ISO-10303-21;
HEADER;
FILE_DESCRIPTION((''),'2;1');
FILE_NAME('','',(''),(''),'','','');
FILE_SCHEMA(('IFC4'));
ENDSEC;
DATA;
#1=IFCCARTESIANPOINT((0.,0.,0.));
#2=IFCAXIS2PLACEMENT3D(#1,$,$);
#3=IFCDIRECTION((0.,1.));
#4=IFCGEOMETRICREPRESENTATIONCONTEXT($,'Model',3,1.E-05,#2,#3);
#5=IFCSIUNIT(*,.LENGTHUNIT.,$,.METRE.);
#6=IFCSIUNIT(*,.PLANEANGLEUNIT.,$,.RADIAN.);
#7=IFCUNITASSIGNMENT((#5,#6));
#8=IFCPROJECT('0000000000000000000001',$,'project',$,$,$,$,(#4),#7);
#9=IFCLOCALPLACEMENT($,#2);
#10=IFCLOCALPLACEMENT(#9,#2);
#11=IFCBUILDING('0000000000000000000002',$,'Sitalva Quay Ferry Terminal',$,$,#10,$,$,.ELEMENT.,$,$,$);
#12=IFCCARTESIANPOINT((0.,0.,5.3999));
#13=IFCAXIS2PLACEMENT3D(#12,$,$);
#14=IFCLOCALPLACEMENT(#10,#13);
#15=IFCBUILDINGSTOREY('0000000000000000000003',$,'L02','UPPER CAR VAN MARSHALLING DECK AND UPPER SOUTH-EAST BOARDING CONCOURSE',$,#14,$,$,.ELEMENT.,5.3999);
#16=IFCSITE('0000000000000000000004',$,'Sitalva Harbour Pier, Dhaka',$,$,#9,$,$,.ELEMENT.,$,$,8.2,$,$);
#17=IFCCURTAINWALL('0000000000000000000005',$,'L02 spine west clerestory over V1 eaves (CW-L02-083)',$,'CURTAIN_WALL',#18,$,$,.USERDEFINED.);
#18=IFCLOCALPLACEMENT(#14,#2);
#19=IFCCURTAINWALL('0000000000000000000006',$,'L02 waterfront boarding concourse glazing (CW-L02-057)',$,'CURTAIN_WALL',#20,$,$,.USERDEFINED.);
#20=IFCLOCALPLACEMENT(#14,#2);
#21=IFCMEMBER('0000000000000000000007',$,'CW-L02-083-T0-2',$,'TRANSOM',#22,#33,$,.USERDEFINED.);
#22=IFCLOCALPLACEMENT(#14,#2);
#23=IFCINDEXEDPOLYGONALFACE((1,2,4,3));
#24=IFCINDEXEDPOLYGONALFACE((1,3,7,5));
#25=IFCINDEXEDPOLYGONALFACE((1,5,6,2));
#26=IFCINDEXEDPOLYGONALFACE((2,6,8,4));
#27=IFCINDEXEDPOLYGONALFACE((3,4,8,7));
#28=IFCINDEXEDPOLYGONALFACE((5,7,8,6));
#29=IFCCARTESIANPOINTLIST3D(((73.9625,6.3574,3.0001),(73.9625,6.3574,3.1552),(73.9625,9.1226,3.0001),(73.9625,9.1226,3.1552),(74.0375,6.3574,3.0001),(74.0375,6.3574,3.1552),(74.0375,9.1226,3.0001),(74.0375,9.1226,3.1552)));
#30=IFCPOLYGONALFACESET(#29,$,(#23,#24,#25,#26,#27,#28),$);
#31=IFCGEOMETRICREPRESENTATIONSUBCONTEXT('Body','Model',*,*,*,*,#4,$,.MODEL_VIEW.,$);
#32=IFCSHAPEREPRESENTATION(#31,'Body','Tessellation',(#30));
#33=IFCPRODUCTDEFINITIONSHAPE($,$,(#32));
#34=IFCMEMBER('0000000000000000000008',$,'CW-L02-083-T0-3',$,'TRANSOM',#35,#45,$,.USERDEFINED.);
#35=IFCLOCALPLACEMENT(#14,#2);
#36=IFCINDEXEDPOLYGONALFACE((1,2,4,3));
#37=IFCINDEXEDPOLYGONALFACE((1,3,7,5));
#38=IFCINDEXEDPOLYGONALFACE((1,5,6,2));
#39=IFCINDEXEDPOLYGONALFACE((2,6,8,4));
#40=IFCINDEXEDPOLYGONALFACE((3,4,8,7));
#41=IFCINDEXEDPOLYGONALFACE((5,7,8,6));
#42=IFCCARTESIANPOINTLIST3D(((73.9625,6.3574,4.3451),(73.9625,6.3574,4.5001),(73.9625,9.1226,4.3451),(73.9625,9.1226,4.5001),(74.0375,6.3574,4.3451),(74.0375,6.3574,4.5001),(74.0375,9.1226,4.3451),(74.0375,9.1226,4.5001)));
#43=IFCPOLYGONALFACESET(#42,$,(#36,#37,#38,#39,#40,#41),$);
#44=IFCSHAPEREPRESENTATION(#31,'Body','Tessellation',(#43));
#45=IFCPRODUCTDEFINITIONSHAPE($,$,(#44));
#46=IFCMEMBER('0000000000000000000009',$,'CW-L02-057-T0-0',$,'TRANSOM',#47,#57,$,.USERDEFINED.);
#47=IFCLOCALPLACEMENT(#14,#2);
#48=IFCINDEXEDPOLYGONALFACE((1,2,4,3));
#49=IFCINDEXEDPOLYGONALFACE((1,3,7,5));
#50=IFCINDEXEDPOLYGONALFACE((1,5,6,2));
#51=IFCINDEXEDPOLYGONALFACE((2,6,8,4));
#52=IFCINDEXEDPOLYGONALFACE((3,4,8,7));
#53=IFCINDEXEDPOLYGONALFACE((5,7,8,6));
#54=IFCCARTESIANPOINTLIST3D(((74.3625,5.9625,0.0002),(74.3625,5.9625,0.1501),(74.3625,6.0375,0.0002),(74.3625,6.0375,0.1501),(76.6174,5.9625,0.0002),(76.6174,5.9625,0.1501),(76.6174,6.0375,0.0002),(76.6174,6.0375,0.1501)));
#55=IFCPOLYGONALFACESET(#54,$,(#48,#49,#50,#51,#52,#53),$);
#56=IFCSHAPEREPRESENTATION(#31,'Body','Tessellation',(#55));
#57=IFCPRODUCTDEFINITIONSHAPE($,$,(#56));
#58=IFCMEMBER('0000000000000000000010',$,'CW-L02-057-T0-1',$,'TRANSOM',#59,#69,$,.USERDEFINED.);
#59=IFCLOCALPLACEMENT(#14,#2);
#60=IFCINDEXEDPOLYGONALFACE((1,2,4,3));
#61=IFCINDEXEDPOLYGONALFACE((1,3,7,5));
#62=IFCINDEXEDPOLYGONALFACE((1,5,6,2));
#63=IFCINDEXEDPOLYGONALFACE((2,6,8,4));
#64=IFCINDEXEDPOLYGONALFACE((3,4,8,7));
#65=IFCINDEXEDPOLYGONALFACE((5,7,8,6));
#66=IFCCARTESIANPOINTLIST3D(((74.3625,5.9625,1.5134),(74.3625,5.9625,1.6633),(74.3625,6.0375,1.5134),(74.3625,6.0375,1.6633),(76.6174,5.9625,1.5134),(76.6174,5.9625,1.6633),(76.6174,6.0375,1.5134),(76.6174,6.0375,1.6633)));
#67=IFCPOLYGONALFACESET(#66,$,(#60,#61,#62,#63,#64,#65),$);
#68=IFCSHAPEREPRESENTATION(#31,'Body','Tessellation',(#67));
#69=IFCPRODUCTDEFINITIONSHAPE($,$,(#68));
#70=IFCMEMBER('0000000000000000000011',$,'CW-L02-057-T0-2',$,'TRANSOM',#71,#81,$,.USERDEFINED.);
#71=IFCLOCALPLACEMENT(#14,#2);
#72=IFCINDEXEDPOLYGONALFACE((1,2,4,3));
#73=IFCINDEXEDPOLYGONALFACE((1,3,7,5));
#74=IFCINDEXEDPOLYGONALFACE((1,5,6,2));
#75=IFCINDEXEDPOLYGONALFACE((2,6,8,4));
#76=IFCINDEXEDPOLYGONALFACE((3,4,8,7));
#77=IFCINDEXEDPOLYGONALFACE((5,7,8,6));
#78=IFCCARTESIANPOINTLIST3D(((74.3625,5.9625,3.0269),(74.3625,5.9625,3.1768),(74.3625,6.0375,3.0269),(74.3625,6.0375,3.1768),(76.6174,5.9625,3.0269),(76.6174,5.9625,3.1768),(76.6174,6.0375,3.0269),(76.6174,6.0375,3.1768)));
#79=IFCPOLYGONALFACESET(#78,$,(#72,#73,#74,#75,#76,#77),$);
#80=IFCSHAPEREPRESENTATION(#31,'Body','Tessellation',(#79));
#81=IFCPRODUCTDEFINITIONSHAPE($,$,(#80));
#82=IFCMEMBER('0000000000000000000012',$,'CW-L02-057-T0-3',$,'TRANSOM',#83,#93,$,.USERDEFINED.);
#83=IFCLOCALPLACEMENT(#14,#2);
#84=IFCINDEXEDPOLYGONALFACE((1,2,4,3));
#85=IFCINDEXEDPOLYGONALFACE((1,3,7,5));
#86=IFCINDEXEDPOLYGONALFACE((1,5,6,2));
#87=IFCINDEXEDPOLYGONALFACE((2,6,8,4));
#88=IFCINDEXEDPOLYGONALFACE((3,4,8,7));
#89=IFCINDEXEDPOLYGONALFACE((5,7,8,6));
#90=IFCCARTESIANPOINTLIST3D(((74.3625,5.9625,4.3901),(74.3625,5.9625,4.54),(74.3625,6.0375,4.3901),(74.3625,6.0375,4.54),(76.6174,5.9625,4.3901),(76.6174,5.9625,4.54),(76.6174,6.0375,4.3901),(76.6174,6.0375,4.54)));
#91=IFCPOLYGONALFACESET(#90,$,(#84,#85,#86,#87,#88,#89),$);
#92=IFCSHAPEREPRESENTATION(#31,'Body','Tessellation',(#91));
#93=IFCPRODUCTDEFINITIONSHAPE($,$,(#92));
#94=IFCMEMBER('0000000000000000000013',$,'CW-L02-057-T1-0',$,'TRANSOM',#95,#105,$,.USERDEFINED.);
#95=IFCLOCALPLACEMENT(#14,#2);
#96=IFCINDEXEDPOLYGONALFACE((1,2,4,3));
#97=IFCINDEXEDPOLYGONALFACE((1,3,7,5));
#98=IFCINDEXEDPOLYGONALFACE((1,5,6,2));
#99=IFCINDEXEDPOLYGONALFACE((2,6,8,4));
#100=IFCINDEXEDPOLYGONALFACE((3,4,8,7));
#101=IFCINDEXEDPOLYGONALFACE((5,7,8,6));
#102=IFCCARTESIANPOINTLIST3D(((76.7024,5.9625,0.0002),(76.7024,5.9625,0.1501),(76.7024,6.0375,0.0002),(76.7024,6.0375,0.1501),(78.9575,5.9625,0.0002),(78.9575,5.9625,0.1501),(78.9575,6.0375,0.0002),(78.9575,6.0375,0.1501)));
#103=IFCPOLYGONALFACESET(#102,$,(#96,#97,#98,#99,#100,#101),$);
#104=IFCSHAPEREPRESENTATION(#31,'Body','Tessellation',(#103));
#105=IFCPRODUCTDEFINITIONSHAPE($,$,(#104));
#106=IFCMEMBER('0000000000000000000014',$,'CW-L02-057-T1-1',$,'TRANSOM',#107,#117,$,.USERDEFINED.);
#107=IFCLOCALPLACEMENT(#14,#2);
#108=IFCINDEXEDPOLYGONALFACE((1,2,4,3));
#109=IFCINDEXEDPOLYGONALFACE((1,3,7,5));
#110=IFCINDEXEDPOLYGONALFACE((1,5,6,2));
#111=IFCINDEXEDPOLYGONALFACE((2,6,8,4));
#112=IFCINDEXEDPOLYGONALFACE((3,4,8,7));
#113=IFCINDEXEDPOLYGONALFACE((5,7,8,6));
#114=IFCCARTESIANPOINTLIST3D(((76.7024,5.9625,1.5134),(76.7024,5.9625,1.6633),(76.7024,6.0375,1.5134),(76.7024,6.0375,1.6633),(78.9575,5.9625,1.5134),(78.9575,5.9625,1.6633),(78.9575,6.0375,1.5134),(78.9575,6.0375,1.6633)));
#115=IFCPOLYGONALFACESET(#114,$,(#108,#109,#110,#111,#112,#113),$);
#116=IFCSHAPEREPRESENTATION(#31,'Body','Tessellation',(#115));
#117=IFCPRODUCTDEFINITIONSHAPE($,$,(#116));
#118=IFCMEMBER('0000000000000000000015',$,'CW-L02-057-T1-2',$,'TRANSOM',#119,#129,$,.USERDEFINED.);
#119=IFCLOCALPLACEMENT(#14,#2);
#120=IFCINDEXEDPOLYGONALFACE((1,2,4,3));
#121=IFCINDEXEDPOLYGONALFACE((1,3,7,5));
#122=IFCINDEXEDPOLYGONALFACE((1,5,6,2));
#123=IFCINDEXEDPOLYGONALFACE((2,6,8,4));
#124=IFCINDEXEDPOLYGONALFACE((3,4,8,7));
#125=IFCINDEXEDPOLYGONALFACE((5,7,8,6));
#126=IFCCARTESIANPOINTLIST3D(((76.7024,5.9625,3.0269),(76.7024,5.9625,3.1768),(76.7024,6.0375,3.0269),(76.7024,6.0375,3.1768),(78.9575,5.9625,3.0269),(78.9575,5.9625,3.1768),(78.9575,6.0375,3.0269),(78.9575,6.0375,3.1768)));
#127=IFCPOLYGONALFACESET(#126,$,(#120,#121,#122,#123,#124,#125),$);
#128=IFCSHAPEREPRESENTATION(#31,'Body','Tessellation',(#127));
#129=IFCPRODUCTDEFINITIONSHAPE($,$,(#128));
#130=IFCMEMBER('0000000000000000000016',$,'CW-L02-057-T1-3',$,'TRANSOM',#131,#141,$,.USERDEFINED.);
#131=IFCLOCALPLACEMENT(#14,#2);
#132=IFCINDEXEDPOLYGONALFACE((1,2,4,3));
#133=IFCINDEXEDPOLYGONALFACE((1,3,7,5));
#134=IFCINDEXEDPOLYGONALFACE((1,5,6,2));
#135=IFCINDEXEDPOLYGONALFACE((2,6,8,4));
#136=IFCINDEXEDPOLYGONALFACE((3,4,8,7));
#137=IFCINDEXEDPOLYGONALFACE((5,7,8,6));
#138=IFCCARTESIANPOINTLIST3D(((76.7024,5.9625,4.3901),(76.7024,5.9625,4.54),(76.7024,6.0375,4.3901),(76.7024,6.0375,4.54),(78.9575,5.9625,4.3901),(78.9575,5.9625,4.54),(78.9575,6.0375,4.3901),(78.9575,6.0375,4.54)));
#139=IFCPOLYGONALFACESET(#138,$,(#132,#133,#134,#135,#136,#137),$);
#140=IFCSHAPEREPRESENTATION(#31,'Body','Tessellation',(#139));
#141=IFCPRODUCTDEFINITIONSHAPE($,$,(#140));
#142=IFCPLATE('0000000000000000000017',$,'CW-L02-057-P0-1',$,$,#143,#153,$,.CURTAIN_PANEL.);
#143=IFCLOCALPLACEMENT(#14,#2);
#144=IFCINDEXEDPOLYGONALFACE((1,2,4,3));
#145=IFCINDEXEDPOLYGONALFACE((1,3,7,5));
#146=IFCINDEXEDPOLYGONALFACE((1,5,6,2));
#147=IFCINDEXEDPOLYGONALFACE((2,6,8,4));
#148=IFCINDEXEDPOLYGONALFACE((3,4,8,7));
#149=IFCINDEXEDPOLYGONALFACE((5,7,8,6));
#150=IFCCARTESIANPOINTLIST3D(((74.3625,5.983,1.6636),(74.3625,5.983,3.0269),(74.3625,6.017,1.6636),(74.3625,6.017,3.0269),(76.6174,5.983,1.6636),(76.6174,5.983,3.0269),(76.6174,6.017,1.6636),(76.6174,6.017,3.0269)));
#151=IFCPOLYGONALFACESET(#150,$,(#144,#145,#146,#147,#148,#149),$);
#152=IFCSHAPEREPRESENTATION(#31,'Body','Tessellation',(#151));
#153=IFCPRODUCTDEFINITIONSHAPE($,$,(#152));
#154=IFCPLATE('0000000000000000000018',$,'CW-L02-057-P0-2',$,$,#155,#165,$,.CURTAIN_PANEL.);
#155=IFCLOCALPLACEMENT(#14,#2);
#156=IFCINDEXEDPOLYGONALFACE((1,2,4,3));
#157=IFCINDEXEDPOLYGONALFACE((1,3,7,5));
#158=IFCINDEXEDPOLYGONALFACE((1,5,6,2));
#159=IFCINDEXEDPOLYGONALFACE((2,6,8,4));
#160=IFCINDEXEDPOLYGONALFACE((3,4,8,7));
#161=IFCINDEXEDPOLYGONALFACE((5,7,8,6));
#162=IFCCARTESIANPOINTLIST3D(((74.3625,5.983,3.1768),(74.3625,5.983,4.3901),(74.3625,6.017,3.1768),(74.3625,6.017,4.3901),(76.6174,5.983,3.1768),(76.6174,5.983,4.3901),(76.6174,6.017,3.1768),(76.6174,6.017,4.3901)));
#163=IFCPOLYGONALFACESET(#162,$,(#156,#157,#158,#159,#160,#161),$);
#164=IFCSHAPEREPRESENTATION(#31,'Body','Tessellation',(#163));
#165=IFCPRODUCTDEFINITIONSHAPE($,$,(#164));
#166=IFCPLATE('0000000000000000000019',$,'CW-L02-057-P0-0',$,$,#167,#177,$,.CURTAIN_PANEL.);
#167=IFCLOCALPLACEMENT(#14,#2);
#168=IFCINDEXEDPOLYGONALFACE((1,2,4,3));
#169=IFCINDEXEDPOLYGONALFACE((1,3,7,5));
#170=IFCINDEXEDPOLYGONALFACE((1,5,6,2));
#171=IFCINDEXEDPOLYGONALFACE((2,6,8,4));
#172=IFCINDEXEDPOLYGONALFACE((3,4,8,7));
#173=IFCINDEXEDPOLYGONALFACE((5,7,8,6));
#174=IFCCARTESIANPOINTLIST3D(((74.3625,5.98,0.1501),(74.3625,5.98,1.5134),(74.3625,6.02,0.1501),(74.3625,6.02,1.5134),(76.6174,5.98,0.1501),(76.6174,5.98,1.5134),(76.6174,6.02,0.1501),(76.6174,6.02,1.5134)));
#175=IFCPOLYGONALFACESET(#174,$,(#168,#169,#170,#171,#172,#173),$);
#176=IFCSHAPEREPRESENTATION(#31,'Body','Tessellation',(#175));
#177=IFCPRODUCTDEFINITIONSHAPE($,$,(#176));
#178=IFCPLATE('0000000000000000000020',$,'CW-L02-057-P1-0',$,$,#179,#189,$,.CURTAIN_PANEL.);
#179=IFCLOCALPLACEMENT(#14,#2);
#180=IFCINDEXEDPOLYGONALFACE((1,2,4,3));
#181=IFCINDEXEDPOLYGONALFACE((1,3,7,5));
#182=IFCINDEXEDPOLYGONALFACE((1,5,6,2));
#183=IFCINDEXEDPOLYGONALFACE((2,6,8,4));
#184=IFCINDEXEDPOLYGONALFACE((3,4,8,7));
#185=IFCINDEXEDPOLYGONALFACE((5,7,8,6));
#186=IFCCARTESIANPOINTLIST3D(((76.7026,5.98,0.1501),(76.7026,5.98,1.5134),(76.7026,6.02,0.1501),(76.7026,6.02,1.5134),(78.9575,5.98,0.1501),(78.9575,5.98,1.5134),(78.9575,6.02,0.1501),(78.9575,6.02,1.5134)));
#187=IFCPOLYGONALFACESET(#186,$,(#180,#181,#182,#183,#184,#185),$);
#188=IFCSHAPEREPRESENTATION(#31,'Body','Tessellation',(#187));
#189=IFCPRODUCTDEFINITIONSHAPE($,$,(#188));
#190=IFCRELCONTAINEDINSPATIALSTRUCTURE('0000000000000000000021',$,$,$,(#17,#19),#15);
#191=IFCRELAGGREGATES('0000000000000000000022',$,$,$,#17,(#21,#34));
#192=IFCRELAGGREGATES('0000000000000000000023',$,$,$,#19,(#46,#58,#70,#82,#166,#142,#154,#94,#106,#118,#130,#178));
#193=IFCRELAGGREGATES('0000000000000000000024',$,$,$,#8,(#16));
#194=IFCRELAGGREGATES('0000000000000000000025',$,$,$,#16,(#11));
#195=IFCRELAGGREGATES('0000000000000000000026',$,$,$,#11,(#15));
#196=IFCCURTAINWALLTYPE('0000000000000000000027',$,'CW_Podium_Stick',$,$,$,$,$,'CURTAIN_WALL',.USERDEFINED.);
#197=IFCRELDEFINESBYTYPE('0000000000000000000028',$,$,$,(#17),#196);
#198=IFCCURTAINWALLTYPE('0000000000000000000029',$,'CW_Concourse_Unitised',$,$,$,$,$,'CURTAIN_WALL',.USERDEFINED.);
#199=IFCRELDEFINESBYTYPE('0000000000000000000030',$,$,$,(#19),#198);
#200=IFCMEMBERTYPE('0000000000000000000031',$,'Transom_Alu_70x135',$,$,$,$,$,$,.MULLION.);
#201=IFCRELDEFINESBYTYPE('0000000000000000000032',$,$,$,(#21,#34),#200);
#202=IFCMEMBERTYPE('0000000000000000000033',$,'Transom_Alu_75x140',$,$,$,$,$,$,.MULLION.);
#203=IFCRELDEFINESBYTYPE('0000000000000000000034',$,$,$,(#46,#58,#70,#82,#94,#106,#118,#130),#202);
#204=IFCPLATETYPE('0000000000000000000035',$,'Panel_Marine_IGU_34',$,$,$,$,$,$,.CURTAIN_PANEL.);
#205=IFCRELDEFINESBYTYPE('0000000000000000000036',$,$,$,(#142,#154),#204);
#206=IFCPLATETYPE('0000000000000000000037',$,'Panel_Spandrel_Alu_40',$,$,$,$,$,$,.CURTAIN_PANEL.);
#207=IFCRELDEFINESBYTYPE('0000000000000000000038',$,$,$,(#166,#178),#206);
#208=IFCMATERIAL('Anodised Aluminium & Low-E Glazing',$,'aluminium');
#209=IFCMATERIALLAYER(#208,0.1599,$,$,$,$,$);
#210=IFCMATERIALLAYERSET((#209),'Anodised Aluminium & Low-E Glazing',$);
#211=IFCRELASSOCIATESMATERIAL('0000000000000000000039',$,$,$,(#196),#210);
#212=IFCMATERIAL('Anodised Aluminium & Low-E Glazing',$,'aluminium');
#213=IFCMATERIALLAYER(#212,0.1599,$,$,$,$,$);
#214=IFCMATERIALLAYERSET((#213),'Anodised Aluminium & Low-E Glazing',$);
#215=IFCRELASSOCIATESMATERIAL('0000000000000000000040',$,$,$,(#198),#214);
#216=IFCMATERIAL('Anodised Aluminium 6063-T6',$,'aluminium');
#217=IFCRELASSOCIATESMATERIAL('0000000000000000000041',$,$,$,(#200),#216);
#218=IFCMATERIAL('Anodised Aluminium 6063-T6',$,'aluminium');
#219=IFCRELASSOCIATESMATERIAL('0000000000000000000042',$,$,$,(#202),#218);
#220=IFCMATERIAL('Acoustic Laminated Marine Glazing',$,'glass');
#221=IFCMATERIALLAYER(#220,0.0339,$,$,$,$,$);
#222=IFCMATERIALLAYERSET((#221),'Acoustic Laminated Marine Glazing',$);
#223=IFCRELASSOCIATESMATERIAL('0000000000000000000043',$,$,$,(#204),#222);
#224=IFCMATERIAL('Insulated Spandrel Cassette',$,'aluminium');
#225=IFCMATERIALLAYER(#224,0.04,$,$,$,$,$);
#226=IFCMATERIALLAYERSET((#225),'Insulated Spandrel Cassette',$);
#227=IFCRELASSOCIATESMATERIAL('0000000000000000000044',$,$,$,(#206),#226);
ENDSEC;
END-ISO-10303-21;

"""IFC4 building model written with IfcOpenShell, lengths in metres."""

from ifc_helpers import new_model, si_unit, direction, frame, origin, origin_2d, place, context, subcontext, project, spatial, rectangle, extrude, material, layer, layer_set, material_profile, profile_set, type_object, element, aggregate, save


model = new_model("IFC4")

# Units and contexts
model_context = context("Model", 3, precision=1e-05, world=origin(), true_north=direction((0.0, 1.0)))
body_context = subcontext(model_context, "Body", "Model", "MODEL_VIEW")
ifc_project = project(units=[si_unit("LENGTHUNIT", "METRE"), si_unit("PLANEANGLEUNIT", "RADIAN")], contexts=[model_context])

# Site, building, storey
site_placement = place(None, origin())
site = spatial("IfcSite", under=ifc_project, at=site_placement, Name="Sitalva Harbour Pier, Dhaka", CompositionType="ELEMENT", RefElevation=8.2)
building_placement = place(site_placement, origin())
building = spatial("IfcBuilding", under=site, at=building_placement, Name="Sitalva Quay Ferry Terminal", CompositionType="ELEMENT")
storey_placement = place(building_placement, frame((0.0, 0.0, 5.3999)))
storey = spatial("IfcBuildingStorey", under=building, at=storey_placement, Name="L02", Description="UPPER CAR VAN MARSHALLING DECK AND UPPER SOUTH-EAST BOARDING CONCOURSE", CompositionType="ELEMENT", Elevation=5.3999)

# Curtain wall
ifc_material_1 = material(Name="Anodised Aluminium & Low-E Glazing", Category="aluminium")
ifc_layer_1 = layer(ifc_material_1, 0.1599)
ifc_layer_set_1 = layer_set([ifc_layer_1], Name="Anodised Aluminium & Low-E Glazing")
curtain_wall_type_1 = type_object("IfcCurtainWallType", Name="CW_Podium_Stick", ElementType="CURTAIN_WALL", PredefinedType="USERDEFINED", material=ifc_layer_set_1)
curtain_wall_1_placement = place(storey_placement, origin())
curtain_wall_1 = element("IfcCurtainWall", 1, at=curtain_wall_1_placement, inside=storey, type_object=curtain_wall_type_1, Name="L02 spine west clerestory over V1 eaves (CW-L02-083)", ObjectType="CURTAIN_WALL", PredefinedType="USERDEFINED")

# Curtain wall
ifc_material_2 = material(Name="Anodised Aluminium & Low-E Glazing", Category="aluminium")
ifc_layer_2 = layer(ifc_material_2, 0.1599)
ifc_layer_set_2 = layer_set([ifc_layer_2], Name="Anodised Aluminium & Low-E Glazing")
curtain_wall_type_2 = type_object("IfcCurtainWallType", Name="CW_Concourse_Unitised", ElementType="CURTAIN_WALL", PredefinedType="USERDEFINED", material=ifc_layer_set_2)
curtain_wall_2_placement = place(storey_placement, origin())
curtain_wall_2 = element("IfcCurtainWall", 2, at=curtain_wall_2_placement, inside=storey, type_object=curtain_wall_type_2, Name="L02 waterfront boarding concourse glazing (CW-L02-057)", ObjectType="CURTAIN_WALL", PredefinedType="USERDEFINED")

# Members
ifc_material_3 = material(Name="Anodised Aluminium 6063-T6", Category="aluminium")
ifc_material_profile_1 = material_profile(ifc_material_3, rectangle(XDim=0.075, YDim=0.155, at=origin_2d()), Name="ALU75x155")
ifc_profile_set_1 = profile_set([ifc_material_profile_1], Name="Anodised Aluminium 6063-T6")
member_type_1 = type_object("IfcMemberType", Name="Transom_Alu_70x135", PredefinedType="MULLION", material=ifc_profile_set_1)
member_1_placement = place(storey_placement, frame((74.0, 6.3574, 3.0776), z_axis=(0.0, 1.0, 0.0), x_axis=(-1.0, 0.0, 0.0)))
member_1 = element("IfcMember", 3, at=member_1_placement, type_object=member_type_1, Name="CW-L02-083-T0-2", ObjectType="TRANSOM", PredefinedType="USERDEFINED", context=body_context, shape_type="SweptSolid", body=[
    extrude(rectangle(XDim=0.075, YDim=0.155, at=origin_2d()), origin(), (0.0, 0.0, 1.0), 2.7651),
])
member_2_placement = place(storey_placement, frame((74.0, 6.3574, 4.4226), z_axis=(0.0, 1.0, 0.0), x_axis=(-1.0, 0.0, 0.0)))
member_2 = element("IfcMember", 4, at=member_2_placement, type_object=member_type_1, Name="CW-L02-083-T0-3", ObjectType="TRANSOM", PredefinedType="USERDEFINED", context=body_context, shape_type="SweptSolid", body=[
    extrude(rectangle(XDim=0.075, YDim=0.155, at=origin_2d()), origin(), (0.0, 0.0, 1.0), 2.7651),
])
aggregate(curtain_wall_1, [member_1, member_2])
ifc_material_4 = material(Name="Anodised Aluminium 6063-T6", Category="aluminium")
ifc_material_profile_2 = material_profile(ifc_material_4, rectangle(XDim=0.075, YDim=0.1499, at=origin_2d()), Name="ALU75x150")
ifc_profile_set_2 = profile_set([ifc_material_profile_2], Name="Anodised Aluminium 6063-T6")
member_type_2 = type_object("IfcMemberType", Name="Transom_Alu_75x140", PredefinedType="MULLION", material=ifc_profile_set_2)
member_3_placement = place(storey_placement, frame((74.3625, 6.0, 0.0752), z_axis=(1.0, 0.0, 0.0), x_axis=(0.0, 1.0, 0.0)))
member_3 = element("IfcMember", 5, at=member_3_placement, type_object=member_type_2, Name="CW-L02-057-T0-0", ObjectType="TRANSOM", PredefinedType="USERDEFINED", context=body_context, shape_type="SweptSolid", body=[
    extrude(rectangle(XDim=0.075, YDim=0.1499, at=origin_2d()), origin(), (0.0, 0.0, 1.0), 2.2549),
])
member_4_placement = place(storey_placement, frame((74.3625, 6.0, 1.5884), z_axis=(1.0, 0.0, 0.0), x_axis=(0.0, 1.0, 0.0)))
member_4 = element("IfcMember", 6, at=member_4_placement, type_object=member_type_2, Name="CW-L02-057-T0-1", ObjectType="TRANSOM", PredefinedType="USERDEFINED", context=body_context, shape_type="SweptSolid", body=[
    extrude(rectangle(XDim=0.075, YDim=0.1499, at=origin_2d()), origin(), (0.0, 0.0, 1.0), 2.2549),
])
member_5_placement = place(storey_placement, frame((74.3625, 6.0, 3.1018), z_axis=(1.0, 0.0, 0.0), x_axis=(0.0, 1.0, 0.0)))
member_5 = element("IfcMember", 7, at=member_5_placement, type_object=member_type_2, Name="CW-L02-057-T0-2", ObjectType="TRANSOM", PredefinedType="USERDEFINED", context=body_context, shape_type="SweptSolid", body=[
    extrude(rectangle(XDim=0.075, YDim=0.1499, at=origin_2d()), origin(), (0.0, 0.0, 1.0), 2.2549),
])
member_6_placement = place(storey_placement, frame((74.3625, 6.0, 4.4651), z_axis=(1.0, 0.0, 0.0), x_axis=(0.0, 1.0, 0.0)))
member_6 = element("IfcMember", 8, at=member_6_placement, type_object=member_type_2, Name="CW-L02-057-T0-3", ObjectType="TRANSOM", PredefinedType="USERDEFINED", context=body_context, shape_type="SweptSolid", body=[
    extrude(rectangle(XDim=0.075, YDim=0.1499, at=origin_2d()), origin(), (0.0, 0.0, 1.0), 2.2549),
])
member_7_placement = place(storey_placement, frame((76.7024, 6.0, 0.0752), z_axis=(1.0, 0.0, 0.0), x_axis=(0.0, 1.0, 0.0)))
member_7 = element("IfcMember", 9, at=member_7_placement, type_object=member_type_2, Name="CW-L02-057-T1-0", ObjectType="TRANSOM", PredefinedType="USERDEFINED", context=body_context, shape_type="SweptSolid", body=[
    extrude(rectangle(XDim=0.075, YDim=0.1499, at=origin_2d()), origin(), (0.0, 0.0, 1.0), 2.2551),
])
member_8_placement = place(storey_placement, frame((76.7024, 6.0, 1.5884), z_axis=(1.0, 0.0, 0.0), x_axis=(0.0, 1.0, 0.0)))
member_8 = element("IfcMember", 10, at=member_8_placement, type_object=member_type_2, Name="CW-L02-057-T1-1", ObjectType="TRANSOM", PredefinedType="USERDEFINED", context=body_context, shape_type="SweptSolid", body=[
    extrude(rectangle(XDim=0.075, YDim=0.1499, at=origin_2d()), origin(), (0.0, 0.0, 1.0), 2.2551),
])
member_9_placement = place(storey_placement, frame((76.7024, 6.0, 3.1018), z_axis=(1.0, 0.0, 0.0), x_axis=(0.0, 1.0, 0.0)))
member_9 = element("IfcMember", 11, at=member_9_placement, type_object=member_type_2, Name="CW-L02-057-T1-2", ObjectType="TRANSOM", PredefinedType="USERDEFINED", context=body_context, shape_type="SweptSolid", body=[
    extrude(rectangle(XDim=0.075, YDim=0.1499, at=origin_2d()), origin(), (0.0, 0.0, 1.0), 2.2551),
])
member_10_placement = place(storey_placement, frame((76.7024, 6.0, 4.4651), z_axis=(1.0, 0.0, 0.0), x_axis=(0.0, 1.0, 0.0)))
member_10 = element("IfcMember", 12, at=member_10_placement, type_object=member_type_2, Name="CW-L02-057-T1-3", ObjectType="TRANSOM", PredefinedType="USERDEFINED", context=body_context, shape_type="SweptSolid", body=[
    extrude(rectangle(XDim=0.075, YDim=0.1499, at=origin_2d()), origin(), (0.0, 0.0, 1.0), 2.2551),
])

# Plates
ifc_material_5 = material(Name="Acoustic Laminated Marine Glazing", Category="glass")
ifc_layer_3 = layer(ifc_material_5, 0.0339)
ifc_layer_set_3 = layer_set([ifc_layer_3], Name="Acoustic Laminated Marine Glazing")
plate_type_1 = type_object("IfcPlateType", Name="Panel_Marine_IGU_34", PredefinedType="CURTAIN_PANEL", material=ifc_layer_set_3)
plate_1_placement = place(storey_placement, frame((75.49, 6.0, 1.6636), z_axis=(0.0, 0.0, 1.0), x_axis=(1.0, 0.0, 0.0)))
plate_1 = element("IfcPlate", 13, at=plate_1_placement, type_object=plate_type_1, Name="CW-L02-057-P0-1", PredefinedType="CURTAIN_PANEL", context=body_context, shape_type="SweptSolid", body=[
    extrude(rectangle(XDim=2.2549, YDim=0.0339, at=origin_2d()), origin(), (0.0, 0.0, 1.0), 1.3633),
])
plate_2_placement = place(storey_placement, frame((75.49, 6.0, 3.1768), z_axis=(0.0, 0.0, 1.0), x_axis=(1.0, 0.0, 0.0)))
plate_2 = element("IfcPlate", 14, at=plate_2_placement, type_object=plate_type_1, Name="CW-L02-057-P0-2", PredefinedType="CURTAIN_PANEL", context=body_context, shape_type="SweptSolid", body=[
    extrude(rectangle(XDim=2.2549, YDim=0.0339, at=origin_2d()), origin(), (0.0, 0.0, 1.0), 1.2134),
])
ifc_material_6 = material(Name="Insulated Spandrel Cassette", Category="aluminium")
ifc_layer_4 = layer(ifc_material_6, 0.04)
ifc_layer_set_4 = layer_set([ifc_layer_4], Name="Insulated Spandrel Cassette")
plate_type_2 = type_object("IfcPlateType", Name="Panel_Spandrel_Alu_40", PredefinedType="CURTAIN_PANEL", material=ifc_layer_set_4)
plate_3_placement = place(storey_placement, frame((75.49, 6.0, 0.1501), z_axis=(0.0, 0.0, 1.0), x_axis=(1.0, 0.0, 0.0)))
plate_3 = element("IfcPlate", 15, at=plate_3_placement, type_object=plate_type_2, Name="CW-L02-057-P0-0", PredefinedType="CURTAIN_PANEL", context=body_context, shape_type="SweptSolid", body=[
    extrude(rectangle(XDim=2.2549, YDim=0.04, at=origin_2d()), origin(), (0.0, 0.0, 1.0), 1.3633),
])
plate_4_placement = place(storey_placement, frame((77.8301, 6.0, 0.1501), z_axis=(0.0, 0.0, 1.0), x_axis=(1.0, 0.0, 0.0)))
plate_4 = element("IfcPlate", 16, at=plate_4_placement, type_object=plate_type_2, Name="CW-L02-057-P1-0", PredefinedType="CURTAIN_PANEL", context=body_context, shape_type="SweptSolid", body=[
    extrude(rectangle(XDim=2.2549, YDim=0.04, at=origin_2d()), origin(), (0.0, 0.0, 1.0), 1.3633),
])
aggregate(curtain_wall_2, [member_3, member_4, member_5, member_6, plate_3, plate_1, plate_2, member_7, member_8, member_9, member_10, plate_4])

save(model, "model.ifc")
